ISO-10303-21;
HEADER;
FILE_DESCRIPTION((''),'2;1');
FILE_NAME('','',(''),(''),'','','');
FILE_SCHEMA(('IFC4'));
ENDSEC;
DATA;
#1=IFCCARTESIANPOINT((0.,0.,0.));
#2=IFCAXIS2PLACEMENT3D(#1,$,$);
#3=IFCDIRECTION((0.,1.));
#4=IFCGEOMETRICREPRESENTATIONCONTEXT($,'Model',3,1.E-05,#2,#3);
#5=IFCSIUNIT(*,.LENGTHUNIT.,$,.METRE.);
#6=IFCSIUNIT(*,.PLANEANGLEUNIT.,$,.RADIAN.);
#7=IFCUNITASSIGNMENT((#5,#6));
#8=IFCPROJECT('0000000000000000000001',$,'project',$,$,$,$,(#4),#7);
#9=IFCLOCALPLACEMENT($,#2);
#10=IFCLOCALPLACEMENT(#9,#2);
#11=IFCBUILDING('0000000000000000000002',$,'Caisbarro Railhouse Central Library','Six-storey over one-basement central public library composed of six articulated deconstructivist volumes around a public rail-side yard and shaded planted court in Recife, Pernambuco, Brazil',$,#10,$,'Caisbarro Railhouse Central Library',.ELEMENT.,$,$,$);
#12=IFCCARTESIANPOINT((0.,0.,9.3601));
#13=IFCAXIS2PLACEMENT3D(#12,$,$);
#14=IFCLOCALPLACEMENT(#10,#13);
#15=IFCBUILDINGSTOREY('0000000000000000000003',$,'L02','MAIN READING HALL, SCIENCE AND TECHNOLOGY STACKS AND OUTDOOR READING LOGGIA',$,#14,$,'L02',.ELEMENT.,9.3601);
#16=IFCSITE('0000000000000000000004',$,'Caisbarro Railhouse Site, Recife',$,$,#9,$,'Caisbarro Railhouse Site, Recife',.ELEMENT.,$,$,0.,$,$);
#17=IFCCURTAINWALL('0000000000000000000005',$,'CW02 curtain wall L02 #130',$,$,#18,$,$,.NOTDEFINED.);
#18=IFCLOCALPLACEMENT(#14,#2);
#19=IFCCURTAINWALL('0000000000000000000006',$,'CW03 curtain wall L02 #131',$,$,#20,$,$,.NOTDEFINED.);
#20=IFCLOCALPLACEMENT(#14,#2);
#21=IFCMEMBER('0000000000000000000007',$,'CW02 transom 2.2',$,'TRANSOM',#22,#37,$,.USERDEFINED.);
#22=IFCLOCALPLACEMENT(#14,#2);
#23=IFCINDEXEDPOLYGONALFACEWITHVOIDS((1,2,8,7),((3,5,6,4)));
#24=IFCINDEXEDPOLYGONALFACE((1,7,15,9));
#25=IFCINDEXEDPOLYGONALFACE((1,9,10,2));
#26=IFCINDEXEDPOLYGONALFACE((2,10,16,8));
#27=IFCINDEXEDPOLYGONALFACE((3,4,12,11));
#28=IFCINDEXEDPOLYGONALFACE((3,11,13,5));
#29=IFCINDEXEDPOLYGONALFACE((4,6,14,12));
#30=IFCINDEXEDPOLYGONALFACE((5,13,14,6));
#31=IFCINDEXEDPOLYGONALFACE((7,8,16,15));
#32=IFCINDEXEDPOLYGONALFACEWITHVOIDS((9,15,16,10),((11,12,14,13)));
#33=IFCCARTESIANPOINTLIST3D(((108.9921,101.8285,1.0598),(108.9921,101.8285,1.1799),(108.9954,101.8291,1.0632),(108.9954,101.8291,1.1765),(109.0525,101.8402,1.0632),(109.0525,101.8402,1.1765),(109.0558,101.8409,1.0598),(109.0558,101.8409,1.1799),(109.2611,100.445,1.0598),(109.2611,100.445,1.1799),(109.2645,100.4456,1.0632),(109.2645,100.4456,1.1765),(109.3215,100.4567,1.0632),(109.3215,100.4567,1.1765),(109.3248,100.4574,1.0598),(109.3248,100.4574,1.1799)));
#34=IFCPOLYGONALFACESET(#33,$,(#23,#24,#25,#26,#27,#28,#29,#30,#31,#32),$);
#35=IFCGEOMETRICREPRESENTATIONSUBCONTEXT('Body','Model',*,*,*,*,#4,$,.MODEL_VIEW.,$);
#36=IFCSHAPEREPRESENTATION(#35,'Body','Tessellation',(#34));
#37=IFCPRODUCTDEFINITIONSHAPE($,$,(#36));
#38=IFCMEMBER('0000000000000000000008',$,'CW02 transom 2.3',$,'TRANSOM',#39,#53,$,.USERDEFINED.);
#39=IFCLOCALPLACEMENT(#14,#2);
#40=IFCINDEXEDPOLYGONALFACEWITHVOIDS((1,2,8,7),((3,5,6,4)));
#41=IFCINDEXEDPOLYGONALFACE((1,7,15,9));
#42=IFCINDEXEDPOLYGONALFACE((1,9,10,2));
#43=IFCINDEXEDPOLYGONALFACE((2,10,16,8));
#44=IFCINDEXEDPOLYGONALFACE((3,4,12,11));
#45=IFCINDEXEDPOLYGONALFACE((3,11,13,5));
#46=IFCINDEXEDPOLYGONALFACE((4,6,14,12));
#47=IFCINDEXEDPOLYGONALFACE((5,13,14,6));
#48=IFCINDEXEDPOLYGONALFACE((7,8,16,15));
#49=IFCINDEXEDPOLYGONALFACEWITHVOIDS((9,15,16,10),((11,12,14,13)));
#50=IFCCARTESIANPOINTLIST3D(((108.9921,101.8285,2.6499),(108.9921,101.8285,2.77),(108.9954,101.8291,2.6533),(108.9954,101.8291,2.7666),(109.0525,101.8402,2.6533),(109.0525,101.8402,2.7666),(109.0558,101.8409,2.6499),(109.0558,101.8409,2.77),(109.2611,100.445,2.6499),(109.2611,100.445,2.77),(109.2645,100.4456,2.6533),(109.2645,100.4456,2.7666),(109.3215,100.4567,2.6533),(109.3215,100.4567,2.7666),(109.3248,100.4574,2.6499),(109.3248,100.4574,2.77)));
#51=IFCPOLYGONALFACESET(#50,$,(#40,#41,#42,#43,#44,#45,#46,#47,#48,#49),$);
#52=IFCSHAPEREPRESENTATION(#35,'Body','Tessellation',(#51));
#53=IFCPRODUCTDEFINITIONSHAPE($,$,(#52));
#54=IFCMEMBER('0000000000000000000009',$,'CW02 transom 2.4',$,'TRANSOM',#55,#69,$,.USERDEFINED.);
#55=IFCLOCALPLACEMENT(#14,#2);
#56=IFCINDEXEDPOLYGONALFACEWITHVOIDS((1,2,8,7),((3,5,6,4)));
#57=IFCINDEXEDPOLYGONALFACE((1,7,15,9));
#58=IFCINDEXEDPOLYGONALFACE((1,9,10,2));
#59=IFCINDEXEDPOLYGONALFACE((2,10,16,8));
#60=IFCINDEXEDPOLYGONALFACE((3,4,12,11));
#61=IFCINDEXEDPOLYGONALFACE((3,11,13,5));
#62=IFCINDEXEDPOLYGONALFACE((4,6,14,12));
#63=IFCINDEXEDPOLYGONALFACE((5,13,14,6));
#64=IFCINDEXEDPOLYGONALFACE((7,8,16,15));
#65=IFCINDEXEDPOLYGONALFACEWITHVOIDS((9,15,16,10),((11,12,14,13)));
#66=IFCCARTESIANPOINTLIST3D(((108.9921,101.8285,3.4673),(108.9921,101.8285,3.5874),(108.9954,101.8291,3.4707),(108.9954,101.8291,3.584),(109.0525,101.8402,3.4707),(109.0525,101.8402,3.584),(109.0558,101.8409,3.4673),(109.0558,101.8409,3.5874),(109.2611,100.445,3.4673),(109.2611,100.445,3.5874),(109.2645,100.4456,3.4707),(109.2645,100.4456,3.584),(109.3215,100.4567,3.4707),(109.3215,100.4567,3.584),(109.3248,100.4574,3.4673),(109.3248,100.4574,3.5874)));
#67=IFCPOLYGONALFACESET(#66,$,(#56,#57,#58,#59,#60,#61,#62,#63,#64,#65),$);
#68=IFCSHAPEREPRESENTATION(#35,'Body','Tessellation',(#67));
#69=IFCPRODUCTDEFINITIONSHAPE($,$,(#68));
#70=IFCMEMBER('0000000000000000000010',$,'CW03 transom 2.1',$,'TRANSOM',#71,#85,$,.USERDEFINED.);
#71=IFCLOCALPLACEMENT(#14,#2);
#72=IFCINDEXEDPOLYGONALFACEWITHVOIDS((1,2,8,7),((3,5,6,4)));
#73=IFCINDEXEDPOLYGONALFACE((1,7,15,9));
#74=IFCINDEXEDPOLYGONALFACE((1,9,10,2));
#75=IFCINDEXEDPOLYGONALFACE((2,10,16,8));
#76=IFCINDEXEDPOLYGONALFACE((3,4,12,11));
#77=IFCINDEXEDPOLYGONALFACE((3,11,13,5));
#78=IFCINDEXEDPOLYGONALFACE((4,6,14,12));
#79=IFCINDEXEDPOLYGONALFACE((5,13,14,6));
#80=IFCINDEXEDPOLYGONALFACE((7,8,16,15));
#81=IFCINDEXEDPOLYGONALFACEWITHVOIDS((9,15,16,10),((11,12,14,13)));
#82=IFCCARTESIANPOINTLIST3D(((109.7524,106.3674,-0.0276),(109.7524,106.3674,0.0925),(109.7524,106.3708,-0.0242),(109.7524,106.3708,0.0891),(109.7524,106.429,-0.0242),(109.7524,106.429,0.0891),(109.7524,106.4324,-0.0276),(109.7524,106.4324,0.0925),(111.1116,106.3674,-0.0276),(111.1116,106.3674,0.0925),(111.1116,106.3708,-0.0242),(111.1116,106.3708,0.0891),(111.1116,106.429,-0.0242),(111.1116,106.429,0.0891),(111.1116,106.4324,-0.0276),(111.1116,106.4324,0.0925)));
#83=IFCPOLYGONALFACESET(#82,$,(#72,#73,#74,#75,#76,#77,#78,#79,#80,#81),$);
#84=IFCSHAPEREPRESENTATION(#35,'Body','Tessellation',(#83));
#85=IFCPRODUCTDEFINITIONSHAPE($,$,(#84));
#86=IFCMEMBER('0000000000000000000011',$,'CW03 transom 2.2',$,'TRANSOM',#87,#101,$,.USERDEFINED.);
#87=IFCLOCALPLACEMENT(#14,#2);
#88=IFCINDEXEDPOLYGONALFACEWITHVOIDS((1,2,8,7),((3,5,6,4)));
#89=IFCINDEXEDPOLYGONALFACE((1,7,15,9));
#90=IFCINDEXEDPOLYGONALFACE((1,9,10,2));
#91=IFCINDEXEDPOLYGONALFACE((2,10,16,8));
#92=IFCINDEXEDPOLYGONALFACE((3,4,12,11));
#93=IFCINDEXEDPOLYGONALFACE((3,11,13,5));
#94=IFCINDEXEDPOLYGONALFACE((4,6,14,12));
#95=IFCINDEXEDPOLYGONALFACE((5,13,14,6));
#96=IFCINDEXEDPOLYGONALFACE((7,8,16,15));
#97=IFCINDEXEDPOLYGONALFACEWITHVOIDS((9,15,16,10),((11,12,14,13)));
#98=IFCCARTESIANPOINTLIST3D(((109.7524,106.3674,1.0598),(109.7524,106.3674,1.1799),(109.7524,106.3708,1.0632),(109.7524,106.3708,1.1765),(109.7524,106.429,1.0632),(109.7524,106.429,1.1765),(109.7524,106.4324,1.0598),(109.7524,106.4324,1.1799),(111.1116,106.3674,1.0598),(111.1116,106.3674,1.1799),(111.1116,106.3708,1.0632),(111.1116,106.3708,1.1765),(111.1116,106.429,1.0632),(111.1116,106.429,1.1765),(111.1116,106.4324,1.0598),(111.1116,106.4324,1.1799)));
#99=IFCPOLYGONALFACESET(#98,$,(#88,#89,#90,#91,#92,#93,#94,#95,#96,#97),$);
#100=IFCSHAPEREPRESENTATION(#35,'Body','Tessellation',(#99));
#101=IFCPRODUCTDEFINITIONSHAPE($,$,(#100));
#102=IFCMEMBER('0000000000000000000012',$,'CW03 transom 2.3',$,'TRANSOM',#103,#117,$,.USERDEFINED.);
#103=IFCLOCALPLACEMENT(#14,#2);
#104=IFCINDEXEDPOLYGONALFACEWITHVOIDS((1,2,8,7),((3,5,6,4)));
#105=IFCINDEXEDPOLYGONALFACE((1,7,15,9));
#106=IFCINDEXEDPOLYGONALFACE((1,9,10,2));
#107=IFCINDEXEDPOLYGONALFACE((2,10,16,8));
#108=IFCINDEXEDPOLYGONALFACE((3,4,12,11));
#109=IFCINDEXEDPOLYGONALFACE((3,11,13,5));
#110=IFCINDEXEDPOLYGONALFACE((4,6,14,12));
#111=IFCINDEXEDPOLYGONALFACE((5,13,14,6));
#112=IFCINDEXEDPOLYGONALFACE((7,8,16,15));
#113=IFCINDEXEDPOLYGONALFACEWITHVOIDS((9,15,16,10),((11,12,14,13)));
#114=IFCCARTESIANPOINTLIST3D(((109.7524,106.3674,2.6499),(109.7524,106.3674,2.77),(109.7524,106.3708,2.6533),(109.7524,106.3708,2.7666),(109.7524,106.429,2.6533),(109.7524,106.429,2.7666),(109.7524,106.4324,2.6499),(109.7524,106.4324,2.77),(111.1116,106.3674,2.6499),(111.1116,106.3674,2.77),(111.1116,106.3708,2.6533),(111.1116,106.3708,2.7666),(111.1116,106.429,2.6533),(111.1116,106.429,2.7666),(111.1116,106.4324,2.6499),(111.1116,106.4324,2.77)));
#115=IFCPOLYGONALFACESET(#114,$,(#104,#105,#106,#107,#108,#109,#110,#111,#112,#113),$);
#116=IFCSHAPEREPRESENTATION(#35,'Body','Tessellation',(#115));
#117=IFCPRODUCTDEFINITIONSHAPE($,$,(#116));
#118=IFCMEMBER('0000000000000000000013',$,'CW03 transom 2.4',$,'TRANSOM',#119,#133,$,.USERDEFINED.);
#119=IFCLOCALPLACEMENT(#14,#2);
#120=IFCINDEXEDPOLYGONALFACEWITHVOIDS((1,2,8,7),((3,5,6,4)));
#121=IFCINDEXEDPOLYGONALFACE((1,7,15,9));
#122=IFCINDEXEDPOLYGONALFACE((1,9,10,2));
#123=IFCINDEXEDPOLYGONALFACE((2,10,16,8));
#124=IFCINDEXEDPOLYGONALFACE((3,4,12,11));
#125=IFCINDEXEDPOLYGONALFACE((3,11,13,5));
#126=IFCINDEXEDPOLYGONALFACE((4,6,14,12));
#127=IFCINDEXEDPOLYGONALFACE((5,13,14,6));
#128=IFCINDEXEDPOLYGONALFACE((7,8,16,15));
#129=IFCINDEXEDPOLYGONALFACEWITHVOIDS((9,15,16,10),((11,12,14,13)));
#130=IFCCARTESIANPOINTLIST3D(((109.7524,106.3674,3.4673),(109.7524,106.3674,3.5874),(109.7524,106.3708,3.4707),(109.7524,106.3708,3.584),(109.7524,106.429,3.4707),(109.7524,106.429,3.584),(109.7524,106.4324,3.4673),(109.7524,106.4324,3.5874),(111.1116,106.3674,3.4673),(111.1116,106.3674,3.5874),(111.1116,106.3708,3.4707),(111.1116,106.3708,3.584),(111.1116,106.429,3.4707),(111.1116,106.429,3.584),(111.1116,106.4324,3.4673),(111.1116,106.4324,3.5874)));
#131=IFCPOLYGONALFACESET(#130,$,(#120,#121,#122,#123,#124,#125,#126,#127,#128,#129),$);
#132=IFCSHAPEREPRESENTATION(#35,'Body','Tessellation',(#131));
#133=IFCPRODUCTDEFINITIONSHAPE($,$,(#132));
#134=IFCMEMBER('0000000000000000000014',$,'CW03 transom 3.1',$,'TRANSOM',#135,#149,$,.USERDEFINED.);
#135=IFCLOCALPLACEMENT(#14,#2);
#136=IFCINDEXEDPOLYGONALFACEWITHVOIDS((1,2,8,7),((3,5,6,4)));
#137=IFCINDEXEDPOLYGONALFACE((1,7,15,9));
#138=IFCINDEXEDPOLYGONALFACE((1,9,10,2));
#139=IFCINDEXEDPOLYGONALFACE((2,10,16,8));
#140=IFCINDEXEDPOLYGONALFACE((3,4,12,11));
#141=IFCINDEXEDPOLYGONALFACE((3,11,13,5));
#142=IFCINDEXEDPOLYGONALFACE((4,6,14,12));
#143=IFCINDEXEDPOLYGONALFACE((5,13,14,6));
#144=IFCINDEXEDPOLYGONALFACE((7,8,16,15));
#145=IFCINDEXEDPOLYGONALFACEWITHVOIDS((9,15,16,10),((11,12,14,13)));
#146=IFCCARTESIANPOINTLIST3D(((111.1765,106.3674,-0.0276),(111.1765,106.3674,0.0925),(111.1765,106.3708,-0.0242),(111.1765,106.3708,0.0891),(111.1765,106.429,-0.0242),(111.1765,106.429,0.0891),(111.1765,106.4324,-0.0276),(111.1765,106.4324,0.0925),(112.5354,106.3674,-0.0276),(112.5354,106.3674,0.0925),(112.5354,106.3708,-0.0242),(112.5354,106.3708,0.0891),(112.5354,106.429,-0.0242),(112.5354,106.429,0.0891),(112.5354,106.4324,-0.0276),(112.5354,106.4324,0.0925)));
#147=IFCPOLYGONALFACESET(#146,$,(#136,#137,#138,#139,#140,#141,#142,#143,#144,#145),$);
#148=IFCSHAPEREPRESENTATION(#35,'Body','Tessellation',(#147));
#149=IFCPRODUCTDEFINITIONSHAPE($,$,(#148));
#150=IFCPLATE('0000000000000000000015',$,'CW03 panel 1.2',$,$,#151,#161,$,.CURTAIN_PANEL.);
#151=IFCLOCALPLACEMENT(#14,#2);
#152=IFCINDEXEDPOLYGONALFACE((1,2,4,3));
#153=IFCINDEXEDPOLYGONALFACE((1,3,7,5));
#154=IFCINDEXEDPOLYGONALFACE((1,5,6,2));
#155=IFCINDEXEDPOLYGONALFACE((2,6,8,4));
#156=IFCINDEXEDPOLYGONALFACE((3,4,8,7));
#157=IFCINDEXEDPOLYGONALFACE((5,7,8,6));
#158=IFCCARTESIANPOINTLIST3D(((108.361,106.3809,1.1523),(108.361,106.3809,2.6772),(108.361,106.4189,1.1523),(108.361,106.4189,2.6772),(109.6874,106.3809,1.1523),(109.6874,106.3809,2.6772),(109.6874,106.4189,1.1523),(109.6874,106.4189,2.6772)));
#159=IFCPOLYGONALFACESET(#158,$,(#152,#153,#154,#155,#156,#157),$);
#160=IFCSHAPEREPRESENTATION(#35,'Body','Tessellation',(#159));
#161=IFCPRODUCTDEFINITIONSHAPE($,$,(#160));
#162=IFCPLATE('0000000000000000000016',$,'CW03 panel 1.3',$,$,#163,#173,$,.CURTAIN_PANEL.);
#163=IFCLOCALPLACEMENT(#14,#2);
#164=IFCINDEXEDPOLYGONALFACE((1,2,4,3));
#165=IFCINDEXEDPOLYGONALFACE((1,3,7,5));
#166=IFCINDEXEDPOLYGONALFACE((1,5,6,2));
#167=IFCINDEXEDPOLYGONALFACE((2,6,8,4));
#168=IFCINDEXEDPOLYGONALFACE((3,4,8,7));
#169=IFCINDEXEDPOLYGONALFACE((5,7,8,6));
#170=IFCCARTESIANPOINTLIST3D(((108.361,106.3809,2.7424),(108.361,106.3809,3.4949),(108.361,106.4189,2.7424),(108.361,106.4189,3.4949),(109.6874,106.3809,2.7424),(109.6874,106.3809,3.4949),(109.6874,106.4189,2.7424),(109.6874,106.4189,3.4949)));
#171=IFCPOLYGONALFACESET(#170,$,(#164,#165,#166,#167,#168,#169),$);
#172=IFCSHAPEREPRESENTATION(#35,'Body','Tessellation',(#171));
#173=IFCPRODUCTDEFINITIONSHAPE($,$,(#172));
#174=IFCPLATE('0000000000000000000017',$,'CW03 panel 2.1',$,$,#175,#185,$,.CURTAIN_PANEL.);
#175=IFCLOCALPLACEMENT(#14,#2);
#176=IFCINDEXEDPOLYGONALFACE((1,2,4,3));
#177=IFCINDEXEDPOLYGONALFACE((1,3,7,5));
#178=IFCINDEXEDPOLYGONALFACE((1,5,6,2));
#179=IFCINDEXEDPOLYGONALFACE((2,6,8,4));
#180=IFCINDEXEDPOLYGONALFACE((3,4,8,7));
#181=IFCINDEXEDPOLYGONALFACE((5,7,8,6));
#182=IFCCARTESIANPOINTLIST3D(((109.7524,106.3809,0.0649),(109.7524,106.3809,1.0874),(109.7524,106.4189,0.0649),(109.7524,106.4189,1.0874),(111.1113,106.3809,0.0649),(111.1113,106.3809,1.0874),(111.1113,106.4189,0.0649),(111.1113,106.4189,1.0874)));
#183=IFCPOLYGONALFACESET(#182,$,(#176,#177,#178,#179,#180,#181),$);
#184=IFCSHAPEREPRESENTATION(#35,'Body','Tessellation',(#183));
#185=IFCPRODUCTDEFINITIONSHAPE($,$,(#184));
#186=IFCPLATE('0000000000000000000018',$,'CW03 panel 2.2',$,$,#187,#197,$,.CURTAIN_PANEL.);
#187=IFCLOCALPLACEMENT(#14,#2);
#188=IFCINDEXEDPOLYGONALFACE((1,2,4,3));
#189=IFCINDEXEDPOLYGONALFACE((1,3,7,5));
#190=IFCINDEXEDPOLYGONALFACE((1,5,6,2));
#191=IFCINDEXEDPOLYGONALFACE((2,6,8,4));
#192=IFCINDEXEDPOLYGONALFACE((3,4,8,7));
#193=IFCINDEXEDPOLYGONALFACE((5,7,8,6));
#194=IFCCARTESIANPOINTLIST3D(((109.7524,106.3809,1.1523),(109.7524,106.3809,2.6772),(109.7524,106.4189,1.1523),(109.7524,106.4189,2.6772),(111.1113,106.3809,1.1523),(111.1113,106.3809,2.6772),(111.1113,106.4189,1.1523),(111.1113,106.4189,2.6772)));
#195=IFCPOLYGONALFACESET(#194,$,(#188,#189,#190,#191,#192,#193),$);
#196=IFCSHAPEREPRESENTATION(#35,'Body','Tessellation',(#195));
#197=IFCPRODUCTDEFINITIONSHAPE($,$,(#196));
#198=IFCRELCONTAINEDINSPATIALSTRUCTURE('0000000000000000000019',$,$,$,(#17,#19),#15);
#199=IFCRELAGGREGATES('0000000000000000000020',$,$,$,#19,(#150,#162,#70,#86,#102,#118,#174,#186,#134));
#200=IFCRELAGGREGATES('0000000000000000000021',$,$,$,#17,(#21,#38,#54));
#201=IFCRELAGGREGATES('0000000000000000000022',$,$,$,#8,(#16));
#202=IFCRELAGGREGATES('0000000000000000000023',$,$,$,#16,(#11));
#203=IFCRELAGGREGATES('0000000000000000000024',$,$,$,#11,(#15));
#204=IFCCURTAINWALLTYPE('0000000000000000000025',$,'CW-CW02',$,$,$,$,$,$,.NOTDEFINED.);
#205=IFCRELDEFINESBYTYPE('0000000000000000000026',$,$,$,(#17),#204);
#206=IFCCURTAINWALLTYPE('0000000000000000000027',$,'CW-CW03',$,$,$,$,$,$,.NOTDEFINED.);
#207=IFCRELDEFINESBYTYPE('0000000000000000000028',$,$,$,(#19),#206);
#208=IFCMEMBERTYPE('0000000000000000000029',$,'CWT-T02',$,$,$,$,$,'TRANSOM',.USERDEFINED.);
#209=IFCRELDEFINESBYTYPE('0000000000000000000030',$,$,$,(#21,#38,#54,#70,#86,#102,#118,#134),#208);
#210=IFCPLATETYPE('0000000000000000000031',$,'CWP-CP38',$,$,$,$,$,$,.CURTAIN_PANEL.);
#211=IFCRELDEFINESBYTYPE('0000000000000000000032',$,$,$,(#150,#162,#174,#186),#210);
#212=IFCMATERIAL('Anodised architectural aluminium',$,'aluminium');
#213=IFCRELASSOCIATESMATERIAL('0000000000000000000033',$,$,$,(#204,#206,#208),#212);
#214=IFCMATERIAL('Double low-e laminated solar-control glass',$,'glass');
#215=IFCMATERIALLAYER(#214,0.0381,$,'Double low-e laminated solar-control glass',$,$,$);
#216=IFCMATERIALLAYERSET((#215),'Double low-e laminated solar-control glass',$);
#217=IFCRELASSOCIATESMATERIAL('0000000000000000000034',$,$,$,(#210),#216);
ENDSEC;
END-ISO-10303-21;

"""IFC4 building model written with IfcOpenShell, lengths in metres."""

from ifc_helpers import new_model, si_unit, direction, frame, origin, origin_2d, place, context, subcontext, project, spatial, rectangle, hollow_rectangle, extrude, material, layer, layer_set, material_profile, profile_set, type_object, element, aggregate, save


model = new_model("IFC4")

# Units and contexts
model_context = context("Model", 3, precision=1e-05, world=origin(), true_north=direction((0.0, 1.0)))
body_context = subcontext(model_context, "Body", "Model", "MODEL_VIEW")
ifc_project = project(units=[si_unit("LENGTHUNIT", "METRE"), si_unit("PLANEANGLEUNIT", "RADIAN")], contexts=[model_context])

# Site, building, storey
site_placement = place(None, origin())
site = spatial("IfcSite", under=ifc_project, at=site_placement, Name="Caisbarro Railhouse Site, Recife", LongName="Caisbarro Railhouse Site, Recife", CompositionType="ELEMENT", RefElevation=0.0)
building_placement = place(site_placement, origin())
building = spatial("IfcBuilding", under=site, at=building_placement, Name="Caisbarro Railhouse Central Library", Description="Six-storey over one-basement central public library composed of six articulated deconstructivist volumes around a public rail-side yard and shaded planted court in Recife, Pernambuco, Brazil", LongName="Caisbarro Railhouse Central Library", CompositionType="ELEMENT")
storey_placement = place(building_placement, frame((0.0, 0.0, 9.3601)))
storey = spatial("IfcBuildingStorey", under=building, at=storey_placement, Name="L02", Description="MAIN READING HALL, SCIENCE AND TECHNOLOGY STACKS AND OUTDOOR READING LOGGIA", LongName="L02", CompositionType="ELEMENT", Elevation=9.3601)

# Curtain walls
ifc_material_1 = material(Name="Anodised architectural aluminium", Category="aluminium")
curtain_wall_type_1 = type_object("IfcCurtainWallType", Name="CW-CW02", PredefinedType="NOTDEFINED", material=ifc_material_1)
curtain_wall_1_placement = place(storey_placement, origin())
curtain_wall_1 = element("IfcCurtainWall", 1, at=curtain_wall_1_placement, inside=storey, type_object=curtain_wall_type_1, Name="CW02 curtain wall L02 #130", PredefinedType="NOTDEFINED")
curtain_wall_type_2 = type_object("IfcCurtainWallType", Name="CW-CW03", PredefinedType="NOTDEFINED", material=ifc_material_1)
curtain_wall_2_placement = place(storey_placement, origin())
curtain_wall_2 = element("IfcCurtainWall", 2, at=curtain_wall_2_placement, inside=storey, type_object=curtain_wall_type_2, Name="CW03 curtain wall L02 #131", PredefinedType="NOTDEFINED")

# Members
ifc_material_profile_1 = material_profile(ifc_material_1, hollow_rectangle(XDim=0.0649, YDim=0.1201, WallThickness=0.0034, at=origin_2d()), Name="ALU-TRN-65X120")
ifc_profile_set_1 = profile_set([ifc_material_profile_1], Name="Anodised architectural aluminium")
member_type_1 = type_object("IfcMemberType", Name="CWT-T02", ElementType="TRANSOM", PredefinedType="USERDEFINED", material=ifc_profile_set_1)
member_1_placement = place(storey_placement, frame((109.293, 100.4512, 1.1199), z_axis=(-0.190884, 0.981613, 0.0), x_axis=(-0.981613, -0.190884, 0.0)))
member_1 = element("IfcMember", 3, at=member_1_placement, type_object=member_type_1, Name="CW02 transom 2.2", ObjectType="TRANSOM", PredefinedType="USERDEFINED", context=body_context, shape_type="SweptSolid", body=[
    extrude(hollow_rectangle(XDim=0.0649, YDim=0.1201, WallThickness=0.0034, at=origin_2d()), origin(), (0.0, 0.0, 1.0), 1.4094),
])
member_2_placement = place(storey_placement, frame((109.293, 100.4512, 2.71), z_axis=(-0.190884, 0.981613, 0.0), x_axis=(-0.981613, -0.190884, 0.0)))
member_2 = element("IfcMember", 4, at=member_2_placement, type_object=member_type_1, Name="CW02 transom 2.3", ObjectType="TRANSOM", PredefinedType="USERDEFINED", context=body_context, shape_type="SweptSolid", body=[
    extrude(hollow_rectangle(XDim=0.0649, YDim=0.1201, WallThickness=0.0034, at=origin_2d()), origin(), (0.0, 0.0, 1.0), 1.4094),
])
member_3_placement = place(storey_placement, frame((109.293, 100.4512, 3.5273), z_axis=(-0.190884, 0.981613, 0.0), x_axis=(-0.981613, -0.190884, 0.0)))
member_3 = element("IfcMember", 5, at=member_3_placement, type_object=member_type_1, Name="CW02 transom 2.4", ObjectType="TRANSOM", PredefinedType="USERDEFINED", context=body_context, shape_type="SweptSolid", body=[
    extrude(hollow_rectangle(XDim=0.0649, YDim=0.1201, WallThickness=0.0034, at=origin_2d()), origin(), (0.0, 0.0, 1.0), 1.4094),
])
member_4_placement = place(storey_placement, frame((109.7524, 106.3999, 0.0325), z_axis=(1.0, 0.0, 0.0), x_axis=(0.0, 1.0, 0.0)))
member_4 = element("IfcMember", 6, at=member_4_placement, type_object=member_type_1, Name="CW03 transom 2.1", ObjectType="TRANSOM", PredefinedType="USERDEFINED", context=body_context, shape_type="SweptSolid", body=[
    extrude(hollow_rectangle(XDim=0.0649, YDim=0.1201, WallThickness=0.0034, at=origin_2d()), origin(), (0.0, 0.0, 1.0), 1.3591),
])
member_5_placement = place(storey_placement, frame((109.7524, 106.3999, 1.1199), z_axis=(1.0, 0.0, 0.0), x_axis=(0.0, 1.0, 0.0)))
member_5 = element("IfcMember", 7, at=member_5_placement, type_object=member_type_1, Name="CW03 transom 2.2", ObjectType="TRANSOM", PredefinedType="USERDEFINED", context=body_context, shape_type="SweptSolid", body=[
    extrude(hollow_rectangle(XDim=0.0649, YDim=0.1201, WallThickness=0.0034, at=origin_2d()), origin(), (0.0, 0.0, 1.0), 1.3591),
])
member_6_placement = place(storey_placement, frame((109.7524, 106.3999, 2.71), z_axis=(1.0, 0.0, 0.0), x_axis=(0.0, 1.0, 0.0)))
member_6 = element("IfcMember", 8, at=member_6_placement, type_object=member_type_1, Name="CW03 transom 2.3", ObjectType="TRANSOM", PredefinedType="USERDEFINED", context=body_context, shape_type="SweptSolid", body=[
    extrude(hollow_rectangle(XDim=0.0649, YDim=0.1201, WallThickness=0.0034, at=origin_2d()), origin(), (0.0, 0.0, 1.0), 1.3591),
])
member_7_placement = place(storey_placement, frame((109.7524, 106.3999, 3.5273), z_axis=(1.0, 0.0, 0.0), x_axis=(0.0, 1.0, 0.0)))
member_7 = element("IfcMember", 9, at=member_7_placement, type_object=member_type_1, Name="CW03 transom 2.4", ObjectType="TRANSOM", PredefinedType="USERDEFINED", context=body_context, shape_type="SweptSolid", body=[
    extrude(hollow_rectangle(XDim=0.0649, YDim=0.1201, WallThickness=0.0034, at=origin_2d()), origin(), (0.0, 0.0, 1.0), 1.3591),
])
member_8_placement = place(storey_placement, frame((111.1765, 106.3999, 0.0325), z_axis=(1.0, 0.0, 0.0), x_axis=(0.0, 1.0, 0.0)))
member_8 = element("IfcMember", 10, at=member_8_placement, type_object=member_type_1, Name="CW03 transom 3.1", ObjectType="TRANSOM", PredefinedType="USERDEFINED", context=body_context, shape_type="SweptSolid", body=[
    extrude(hollow_rectangle(XDim=0.0649, YDim=0.1201, WallThickness=0.0034, at=origin_2d()), origin(), (0.0, 0.0, 1.0), 1.3589),
])

# Plates
ifc_material_2 = material(Name="Double low-e laminated solar-control glass", Category="glass")
ifc_layer_1 = layer(ifc_material_2, 0.0381, Name="Double low-e laminated solar-control glass")
ifc_layer_set_1 = layer_set([ifc_layer_1], Name="Double low-e laminated solar-control glass")
plate_type_1 = type_object("IfcPlateType", Name="CWP-CP38", PredefinedType="CURTAIN_PANEL", material=ifc_layer_set_1)
plate_1_placement = place(storey_placement, frame((109.0242, 106.3999, 1.1523), z_axis=(0.0, 0.0, 1.0), x_axis=(1.0, 0.0, 0.0)))
plate_1 = element("IfcPlate", 11, at=plate_1_placement, type_object=plate_type_1, Name="CW03 panel 1.2", PredefinedType="CURTAIN_PANEL", context=body_context, shape_type="SweptSolid", body=[
    extrude(rectangle(XDim=1.3264, YDim=0.0381, at=origin_2d()), origin(), (0.0, 0.0, 1.0), 1.5249),
])
plate_2_placement = place(storey_placement, frame((109.0242, 106.3999, 2.7424), z_axis=(0.0, 0.0, 1.0), x_axis=(1.0, 0.0, 0.0)))
plate_2 = element("IfcPlate", 12, at=plate_2_placement, type_object=plate_type_1, Name="CW03 panel 1.3", PredefinedType="CURTAIN_PANEL", context=body_context, shape_type="SweptSolid", body=[
    extrude(rectangle(XDim=1.3264, YDim=0.0381, at=origin_2d()), origin(), (0.0, 0.0, 1.0), 0.7524),
])
plate_3_placement = place(storey_placement, frame((110.4319, 106.3999, 0.0649), z_axis=(0.0, 0.0, 1.0), x_axis=(1.0, 0.0, 0.0)))
plate_3 = element("IfcPlate", 13, at=plate_3_placement, type_object=plate_type_1, Name="CW03 panel 2.1", PredefinedType="CURTAIN_PANEL", context=body_context, shape_type="SweptSolid", body=[
    extrude(rectangle(XDim=1.3589, YDim=0.0381, at=origin_2d()), origin(), (0.0, 0.0, 1.0), 1.0225),
])
plate_4_placement = place(storey_placement, frame((110.4319, 106.3999, 1.1523), z_axis=(0.0, 0.0, 1.0), x_axis=(1.0, 0.0, 0.0)))
plate_4 = element("IfcPlate", 14, at=plate_4_placement, type_object=plate_type_1, Name="CW03 panel 2.2", PredefinedType="CURTAIN_PANEL", context=body_context, shape_type="SweptSolid", body=[
    extrude(rectangle(XDim=1.3589, YDim=0.0381, at=origin_2d()), origin(), (0.0, 0.0, 1.0), 1.5249),
])
aggregate(curtain_wall_2, [plate_1, plate_2, member_4, member_5, member_6, member_7, plate_3, plate_4, member_8])
aggregate(curtain_wall_1, [member_1, member_2, member_3])

save(model, "model.ifc")
